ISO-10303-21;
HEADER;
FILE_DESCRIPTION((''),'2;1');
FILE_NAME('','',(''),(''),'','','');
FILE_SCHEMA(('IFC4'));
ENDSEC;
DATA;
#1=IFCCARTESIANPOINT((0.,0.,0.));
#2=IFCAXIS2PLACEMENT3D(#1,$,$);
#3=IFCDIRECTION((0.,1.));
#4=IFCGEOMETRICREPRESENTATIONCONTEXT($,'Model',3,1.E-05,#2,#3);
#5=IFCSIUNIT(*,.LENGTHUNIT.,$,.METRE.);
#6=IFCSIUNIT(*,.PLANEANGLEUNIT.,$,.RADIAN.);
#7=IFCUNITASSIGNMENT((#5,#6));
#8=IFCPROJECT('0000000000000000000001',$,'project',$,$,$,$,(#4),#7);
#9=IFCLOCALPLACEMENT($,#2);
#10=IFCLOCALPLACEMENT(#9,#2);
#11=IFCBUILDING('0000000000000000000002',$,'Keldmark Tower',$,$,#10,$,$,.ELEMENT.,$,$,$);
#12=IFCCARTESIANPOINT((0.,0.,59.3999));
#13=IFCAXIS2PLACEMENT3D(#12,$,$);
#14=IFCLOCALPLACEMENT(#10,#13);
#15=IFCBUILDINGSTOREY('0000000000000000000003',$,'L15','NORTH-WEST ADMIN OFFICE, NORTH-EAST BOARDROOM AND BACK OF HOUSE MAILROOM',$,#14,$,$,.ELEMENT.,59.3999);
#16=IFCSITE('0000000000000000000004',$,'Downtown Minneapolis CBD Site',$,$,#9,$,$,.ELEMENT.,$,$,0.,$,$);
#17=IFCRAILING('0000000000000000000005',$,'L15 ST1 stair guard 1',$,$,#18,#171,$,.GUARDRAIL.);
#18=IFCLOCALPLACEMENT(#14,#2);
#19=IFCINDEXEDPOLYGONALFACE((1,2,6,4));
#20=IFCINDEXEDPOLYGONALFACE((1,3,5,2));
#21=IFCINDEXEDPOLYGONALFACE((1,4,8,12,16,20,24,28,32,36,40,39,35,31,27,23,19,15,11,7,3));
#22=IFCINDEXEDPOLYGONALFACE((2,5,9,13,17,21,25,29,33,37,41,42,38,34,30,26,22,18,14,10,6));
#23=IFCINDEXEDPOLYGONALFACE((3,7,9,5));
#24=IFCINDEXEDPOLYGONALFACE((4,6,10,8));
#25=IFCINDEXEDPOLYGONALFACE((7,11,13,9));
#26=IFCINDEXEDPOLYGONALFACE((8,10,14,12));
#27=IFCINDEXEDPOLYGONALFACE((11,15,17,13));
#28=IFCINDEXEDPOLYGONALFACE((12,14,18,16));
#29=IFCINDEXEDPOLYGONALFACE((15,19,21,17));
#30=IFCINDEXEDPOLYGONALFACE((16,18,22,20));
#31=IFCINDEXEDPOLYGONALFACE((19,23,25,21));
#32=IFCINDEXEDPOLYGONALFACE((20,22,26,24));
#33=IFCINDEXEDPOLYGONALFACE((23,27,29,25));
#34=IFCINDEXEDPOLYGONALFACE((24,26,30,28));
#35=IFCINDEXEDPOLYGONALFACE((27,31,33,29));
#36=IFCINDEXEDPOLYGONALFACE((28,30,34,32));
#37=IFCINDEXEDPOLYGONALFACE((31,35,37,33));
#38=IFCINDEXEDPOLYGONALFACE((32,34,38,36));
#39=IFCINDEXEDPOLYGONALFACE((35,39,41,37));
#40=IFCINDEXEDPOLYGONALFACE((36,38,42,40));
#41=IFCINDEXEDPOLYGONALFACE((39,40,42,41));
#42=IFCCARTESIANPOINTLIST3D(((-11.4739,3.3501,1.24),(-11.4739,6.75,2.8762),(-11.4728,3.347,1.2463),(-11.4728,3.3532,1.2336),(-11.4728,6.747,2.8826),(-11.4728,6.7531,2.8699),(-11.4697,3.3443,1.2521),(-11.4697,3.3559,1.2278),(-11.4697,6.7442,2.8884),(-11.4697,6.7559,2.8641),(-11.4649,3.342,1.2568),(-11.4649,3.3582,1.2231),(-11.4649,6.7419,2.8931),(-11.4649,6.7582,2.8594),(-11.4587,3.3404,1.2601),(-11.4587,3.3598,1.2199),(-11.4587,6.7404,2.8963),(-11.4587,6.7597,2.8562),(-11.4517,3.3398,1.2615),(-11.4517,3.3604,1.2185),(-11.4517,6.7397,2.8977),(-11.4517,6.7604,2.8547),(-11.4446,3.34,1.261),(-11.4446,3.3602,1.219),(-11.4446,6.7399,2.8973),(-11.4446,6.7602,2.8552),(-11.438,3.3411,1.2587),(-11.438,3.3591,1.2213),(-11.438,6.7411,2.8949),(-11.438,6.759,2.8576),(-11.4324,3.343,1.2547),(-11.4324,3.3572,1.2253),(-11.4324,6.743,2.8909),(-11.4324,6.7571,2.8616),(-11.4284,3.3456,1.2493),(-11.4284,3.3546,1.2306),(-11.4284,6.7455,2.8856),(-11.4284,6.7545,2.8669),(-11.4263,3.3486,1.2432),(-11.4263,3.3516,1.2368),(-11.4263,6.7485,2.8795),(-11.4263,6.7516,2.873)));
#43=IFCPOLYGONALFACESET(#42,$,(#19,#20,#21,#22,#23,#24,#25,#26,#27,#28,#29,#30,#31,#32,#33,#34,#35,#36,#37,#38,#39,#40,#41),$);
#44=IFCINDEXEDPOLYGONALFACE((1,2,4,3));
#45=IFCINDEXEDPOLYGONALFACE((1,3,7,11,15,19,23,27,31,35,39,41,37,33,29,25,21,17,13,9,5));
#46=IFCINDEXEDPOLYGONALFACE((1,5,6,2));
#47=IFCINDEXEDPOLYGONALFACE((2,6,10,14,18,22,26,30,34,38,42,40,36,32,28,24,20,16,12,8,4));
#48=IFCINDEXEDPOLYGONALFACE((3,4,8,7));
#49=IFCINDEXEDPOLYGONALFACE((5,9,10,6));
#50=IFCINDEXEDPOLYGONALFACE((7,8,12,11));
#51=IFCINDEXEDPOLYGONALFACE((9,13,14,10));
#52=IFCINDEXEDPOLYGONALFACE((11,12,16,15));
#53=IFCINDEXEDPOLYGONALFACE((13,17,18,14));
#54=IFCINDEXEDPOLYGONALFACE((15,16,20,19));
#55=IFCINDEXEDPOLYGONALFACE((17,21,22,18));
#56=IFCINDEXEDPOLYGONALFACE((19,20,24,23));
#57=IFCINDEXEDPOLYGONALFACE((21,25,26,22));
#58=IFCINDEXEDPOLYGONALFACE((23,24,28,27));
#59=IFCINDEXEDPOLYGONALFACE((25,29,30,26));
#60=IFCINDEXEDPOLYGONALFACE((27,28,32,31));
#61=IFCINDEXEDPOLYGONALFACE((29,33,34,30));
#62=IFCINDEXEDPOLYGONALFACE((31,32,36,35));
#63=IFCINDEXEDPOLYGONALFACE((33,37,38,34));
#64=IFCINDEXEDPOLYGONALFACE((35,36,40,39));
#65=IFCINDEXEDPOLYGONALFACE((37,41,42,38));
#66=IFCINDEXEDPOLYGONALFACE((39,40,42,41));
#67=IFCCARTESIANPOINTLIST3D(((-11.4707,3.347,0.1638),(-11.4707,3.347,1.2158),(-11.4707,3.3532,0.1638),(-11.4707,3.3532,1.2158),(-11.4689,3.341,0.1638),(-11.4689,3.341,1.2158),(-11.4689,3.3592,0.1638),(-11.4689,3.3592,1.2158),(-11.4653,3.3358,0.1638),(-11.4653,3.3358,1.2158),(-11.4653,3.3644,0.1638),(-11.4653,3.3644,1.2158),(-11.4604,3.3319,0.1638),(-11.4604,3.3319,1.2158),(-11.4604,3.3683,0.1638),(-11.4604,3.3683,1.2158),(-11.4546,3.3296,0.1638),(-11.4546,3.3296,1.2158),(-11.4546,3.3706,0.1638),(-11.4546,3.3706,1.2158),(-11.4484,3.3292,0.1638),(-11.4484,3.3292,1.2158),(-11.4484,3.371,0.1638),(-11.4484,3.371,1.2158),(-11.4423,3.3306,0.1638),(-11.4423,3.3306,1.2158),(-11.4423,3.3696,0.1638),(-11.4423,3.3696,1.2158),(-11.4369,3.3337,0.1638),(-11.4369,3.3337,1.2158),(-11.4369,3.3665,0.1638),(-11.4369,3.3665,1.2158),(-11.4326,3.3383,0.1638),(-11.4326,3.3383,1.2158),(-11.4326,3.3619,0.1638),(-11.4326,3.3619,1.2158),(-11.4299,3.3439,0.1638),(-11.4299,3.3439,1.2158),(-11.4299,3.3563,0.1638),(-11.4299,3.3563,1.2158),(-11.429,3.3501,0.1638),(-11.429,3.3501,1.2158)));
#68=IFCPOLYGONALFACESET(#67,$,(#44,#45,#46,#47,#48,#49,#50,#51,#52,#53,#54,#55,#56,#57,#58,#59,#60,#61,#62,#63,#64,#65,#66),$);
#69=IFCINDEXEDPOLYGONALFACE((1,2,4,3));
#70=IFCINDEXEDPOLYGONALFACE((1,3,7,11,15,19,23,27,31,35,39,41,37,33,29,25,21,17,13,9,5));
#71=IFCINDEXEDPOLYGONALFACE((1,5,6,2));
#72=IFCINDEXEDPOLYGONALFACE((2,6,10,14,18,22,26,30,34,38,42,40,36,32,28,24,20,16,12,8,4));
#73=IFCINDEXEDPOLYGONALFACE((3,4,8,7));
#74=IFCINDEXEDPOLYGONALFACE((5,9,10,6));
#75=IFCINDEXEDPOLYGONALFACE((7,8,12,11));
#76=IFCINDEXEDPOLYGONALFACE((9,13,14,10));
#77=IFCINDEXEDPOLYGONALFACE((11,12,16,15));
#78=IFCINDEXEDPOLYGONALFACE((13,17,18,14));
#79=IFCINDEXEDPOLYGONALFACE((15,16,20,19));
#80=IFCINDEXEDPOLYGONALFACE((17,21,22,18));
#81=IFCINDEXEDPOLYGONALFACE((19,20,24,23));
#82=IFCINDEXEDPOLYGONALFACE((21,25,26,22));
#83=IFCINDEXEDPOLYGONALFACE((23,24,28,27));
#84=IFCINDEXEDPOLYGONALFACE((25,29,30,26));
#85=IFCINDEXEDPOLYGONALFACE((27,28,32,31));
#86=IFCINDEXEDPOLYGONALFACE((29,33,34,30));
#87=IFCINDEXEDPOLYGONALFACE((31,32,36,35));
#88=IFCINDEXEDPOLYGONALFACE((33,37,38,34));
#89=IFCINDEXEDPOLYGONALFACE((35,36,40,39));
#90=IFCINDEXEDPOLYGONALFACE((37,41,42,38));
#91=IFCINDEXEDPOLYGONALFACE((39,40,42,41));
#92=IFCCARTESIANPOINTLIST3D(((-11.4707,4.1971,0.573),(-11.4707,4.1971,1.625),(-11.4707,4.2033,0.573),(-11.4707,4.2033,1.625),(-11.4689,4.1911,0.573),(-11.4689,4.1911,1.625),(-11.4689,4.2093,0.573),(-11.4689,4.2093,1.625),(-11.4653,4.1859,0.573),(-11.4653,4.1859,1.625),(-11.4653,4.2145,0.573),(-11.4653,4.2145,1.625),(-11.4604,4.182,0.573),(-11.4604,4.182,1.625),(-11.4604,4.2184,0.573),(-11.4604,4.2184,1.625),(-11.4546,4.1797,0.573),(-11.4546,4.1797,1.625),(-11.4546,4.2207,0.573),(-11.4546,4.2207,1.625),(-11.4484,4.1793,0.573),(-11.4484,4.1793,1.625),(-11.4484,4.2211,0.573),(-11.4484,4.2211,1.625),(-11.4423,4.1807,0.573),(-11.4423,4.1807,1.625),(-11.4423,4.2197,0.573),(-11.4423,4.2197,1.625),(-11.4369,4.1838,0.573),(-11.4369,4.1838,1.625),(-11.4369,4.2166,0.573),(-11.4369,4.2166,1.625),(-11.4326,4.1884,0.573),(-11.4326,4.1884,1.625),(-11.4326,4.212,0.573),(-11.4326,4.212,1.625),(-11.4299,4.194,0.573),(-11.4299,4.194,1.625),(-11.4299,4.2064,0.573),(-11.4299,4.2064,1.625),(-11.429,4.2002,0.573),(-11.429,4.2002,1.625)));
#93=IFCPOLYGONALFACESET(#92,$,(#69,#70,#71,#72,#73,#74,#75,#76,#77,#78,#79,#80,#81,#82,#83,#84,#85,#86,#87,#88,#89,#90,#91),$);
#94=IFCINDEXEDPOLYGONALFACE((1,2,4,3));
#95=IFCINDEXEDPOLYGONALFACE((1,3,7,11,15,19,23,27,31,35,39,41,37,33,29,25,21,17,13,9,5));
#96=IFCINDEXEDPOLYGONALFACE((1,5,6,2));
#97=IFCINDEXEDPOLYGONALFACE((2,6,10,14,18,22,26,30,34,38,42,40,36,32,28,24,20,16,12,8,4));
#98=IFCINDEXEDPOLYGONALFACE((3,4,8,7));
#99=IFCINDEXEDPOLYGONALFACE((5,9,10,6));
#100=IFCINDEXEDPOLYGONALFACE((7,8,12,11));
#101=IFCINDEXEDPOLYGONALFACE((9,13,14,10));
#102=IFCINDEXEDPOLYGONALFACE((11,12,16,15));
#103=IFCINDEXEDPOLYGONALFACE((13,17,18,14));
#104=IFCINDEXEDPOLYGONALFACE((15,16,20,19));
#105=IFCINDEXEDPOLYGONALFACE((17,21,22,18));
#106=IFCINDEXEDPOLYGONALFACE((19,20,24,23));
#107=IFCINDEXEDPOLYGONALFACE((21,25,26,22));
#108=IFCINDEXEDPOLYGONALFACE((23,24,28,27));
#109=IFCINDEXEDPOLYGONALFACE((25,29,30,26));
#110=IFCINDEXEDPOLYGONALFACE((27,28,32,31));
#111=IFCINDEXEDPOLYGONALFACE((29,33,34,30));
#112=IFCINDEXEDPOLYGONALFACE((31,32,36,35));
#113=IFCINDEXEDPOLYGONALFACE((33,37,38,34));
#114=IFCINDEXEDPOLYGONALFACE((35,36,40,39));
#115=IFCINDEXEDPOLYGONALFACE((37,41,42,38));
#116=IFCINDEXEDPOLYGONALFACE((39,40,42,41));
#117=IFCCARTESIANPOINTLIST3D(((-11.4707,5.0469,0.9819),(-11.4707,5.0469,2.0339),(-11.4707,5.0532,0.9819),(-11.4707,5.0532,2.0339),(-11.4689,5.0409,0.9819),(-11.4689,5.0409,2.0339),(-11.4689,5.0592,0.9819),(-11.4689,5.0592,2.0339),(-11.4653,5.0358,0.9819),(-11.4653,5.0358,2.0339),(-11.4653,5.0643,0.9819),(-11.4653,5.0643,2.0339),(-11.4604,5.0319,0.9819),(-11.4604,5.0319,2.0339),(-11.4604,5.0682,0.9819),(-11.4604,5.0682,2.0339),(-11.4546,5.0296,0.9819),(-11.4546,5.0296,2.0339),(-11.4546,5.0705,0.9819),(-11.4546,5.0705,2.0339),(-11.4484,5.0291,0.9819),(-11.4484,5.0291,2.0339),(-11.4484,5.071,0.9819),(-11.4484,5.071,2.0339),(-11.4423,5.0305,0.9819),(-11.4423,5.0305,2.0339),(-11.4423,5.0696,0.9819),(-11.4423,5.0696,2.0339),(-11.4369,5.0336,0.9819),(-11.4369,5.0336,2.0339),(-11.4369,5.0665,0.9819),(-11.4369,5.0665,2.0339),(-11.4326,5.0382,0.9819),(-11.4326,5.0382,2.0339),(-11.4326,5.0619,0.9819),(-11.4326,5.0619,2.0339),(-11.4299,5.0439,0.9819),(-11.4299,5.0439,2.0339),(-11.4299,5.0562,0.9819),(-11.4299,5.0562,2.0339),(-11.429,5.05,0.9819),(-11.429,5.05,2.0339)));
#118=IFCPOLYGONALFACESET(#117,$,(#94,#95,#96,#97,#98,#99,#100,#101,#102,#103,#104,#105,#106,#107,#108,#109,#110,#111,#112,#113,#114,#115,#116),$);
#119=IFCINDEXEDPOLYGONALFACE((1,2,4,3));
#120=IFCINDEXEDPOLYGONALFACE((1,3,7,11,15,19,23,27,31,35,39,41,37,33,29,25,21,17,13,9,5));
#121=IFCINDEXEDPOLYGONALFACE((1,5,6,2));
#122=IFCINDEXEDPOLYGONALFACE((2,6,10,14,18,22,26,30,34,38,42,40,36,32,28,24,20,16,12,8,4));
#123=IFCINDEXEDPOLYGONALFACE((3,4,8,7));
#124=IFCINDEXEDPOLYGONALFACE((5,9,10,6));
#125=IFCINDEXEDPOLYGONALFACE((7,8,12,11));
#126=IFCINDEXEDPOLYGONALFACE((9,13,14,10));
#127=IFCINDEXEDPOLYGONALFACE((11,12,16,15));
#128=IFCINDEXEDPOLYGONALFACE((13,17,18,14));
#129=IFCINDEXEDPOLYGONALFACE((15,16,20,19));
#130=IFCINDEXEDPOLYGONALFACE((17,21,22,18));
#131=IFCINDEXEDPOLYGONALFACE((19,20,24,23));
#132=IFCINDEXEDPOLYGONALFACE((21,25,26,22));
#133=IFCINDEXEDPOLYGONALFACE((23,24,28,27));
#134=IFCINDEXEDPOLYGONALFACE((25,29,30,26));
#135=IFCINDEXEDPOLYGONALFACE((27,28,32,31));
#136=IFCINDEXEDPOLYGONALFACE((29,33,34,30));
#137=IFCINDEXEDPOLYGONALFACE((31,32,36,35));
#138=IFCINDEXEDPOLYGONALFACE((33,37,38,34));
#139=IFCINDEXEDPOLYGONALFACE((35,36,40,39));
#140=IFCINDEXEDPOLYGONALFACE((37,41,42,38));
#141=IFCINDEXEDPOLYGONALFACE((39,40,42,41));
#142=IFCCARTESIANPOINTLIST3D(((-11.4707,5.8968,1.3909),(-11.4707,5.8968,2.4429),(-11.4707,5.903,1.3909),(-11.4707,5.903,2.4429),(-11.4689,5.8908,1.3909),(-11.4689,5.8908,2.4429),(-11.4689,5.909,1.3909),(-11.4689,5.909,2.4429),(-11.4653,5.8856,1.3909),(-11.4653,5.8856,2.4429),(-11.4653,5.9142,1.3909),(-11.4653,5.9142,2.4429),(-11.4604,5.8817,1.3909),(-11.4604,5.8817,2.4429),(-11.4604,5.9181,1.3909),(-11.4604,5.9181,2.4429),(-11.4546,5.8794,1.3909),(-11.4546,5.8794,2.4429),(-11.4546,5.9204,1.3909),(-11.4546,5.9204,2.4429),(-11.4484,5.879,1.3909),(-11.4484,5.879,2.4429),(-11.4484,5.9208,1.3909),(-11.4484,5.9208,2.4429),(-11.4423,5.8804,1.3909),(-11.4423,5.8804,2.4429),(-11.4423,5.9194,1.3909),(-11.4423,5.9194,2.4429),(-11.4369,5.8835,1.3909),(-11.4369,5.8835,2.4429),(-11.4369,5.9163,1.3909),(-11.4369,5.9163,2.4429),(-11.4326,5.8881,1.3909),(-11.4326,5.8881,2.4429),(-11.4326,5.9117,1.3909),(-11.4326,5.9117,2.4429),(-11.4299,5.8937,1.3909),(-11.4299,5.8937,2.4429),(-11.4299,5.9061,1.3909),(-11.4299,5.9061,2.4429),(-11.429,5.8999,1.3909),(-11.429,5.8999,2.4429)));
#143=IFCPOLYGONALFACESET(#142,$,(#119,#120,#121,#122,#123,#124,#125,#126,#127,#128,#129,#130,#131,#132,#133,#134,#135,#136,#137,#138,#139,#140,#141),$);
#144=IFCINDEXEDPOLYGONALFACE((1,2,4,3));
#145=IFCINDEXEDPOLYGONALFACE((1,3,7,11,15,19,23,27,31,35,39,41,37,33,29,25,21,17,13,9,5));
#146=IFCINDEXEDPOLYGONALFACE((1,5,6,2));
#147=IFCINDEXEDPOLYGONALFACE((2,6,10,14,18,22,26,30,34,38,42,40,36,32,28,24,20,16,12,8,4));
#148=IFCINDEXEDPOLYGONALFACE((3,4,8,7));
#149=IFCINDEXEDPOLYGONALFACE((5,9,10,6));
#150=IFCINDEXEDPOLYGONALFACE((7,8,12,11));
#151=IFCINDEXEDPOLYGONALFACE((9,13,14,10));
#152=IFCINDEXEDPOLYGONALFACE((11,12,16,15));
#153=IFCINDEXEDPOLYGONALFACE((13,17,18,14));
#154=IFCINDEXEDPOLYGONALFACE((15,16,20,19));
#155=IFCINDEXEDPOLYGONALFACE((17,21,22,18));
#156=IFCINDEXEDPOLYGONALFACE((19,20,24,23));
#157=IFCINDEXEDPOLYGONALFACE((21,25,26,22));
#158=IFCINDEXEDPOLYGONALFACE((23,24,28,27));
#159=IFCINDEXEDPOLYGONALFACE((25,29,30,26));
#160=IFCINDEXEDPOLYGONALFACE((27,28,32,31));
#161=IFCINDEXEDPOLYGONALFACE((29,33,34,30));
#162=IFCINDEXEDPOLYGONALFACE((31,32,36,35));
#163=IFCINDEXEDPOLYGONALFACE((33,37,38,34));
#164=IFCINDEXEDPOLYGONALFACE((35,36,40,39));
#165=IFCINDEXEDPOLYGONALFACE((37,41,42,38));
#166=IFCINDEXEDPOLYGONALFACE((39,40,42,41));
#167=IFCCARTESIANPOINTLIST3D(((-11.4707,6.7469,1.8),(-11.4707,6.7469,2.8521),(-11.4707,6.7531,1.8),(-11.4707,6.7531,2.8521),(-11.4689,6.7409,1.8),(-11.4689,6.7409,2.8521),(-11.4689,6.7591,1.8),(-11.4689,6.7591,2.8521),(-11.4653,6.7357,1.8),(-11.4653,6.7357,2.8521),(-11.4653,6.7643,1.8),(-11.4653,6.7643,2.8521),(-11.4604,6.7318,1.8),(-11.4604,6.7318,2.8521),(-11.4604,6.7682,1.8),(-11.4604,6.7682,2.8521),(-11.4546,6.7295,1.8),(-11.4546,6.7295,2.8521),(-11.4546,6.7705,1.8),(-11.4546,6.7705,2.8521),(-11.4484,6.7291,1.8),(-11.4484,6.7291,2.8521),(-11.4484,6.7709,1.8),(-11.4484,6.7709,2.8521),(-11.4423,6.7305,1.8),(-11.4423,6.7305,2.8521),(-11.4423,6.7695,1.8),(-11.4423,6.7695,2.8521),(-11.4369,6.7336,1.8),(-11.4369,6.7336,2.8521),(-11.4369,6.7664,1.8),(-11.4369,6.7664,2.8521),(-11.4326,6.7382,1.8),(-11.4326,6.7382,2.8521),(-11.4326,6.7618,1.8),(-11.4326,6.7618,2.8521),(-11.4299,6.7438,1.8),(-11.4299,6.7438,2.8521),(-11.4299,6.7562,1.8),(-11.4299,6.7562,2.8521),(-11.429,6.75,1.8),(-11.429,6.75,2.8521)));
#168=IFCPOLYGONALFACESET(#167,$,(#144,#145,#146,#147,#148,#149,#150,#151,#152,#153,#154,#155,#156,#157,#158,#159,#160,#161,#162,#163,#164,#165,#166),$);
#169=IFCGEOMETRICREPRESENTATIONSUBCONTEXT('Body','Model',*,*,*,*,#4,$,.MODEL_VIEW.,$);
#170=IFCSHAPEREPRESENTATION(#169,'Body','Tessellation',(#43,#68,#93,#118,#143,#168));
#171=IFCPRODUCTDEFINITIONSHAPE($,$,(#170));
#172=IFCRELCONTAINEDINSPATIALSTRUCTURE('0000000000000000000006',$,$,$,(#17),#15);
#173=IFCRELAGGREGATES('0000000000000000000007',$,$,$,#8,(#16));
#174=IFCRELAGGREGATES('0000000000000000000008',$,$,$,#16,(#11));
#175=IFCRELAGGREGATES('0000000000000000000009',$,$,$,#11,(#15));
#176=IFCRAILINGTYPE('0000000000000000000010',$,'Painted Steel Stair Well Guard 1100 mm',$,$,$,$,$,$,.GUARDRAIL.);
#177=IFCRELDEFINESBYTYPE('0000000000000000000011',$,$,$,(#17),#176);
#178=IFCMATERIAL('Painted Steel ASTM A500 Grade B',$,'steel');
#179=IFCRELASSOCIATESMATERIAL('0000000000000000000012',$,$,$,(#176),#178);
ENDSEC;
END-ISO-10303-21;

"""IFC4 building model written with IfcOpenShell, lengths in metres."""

from ifc_helpers import new_model, si_unit, direction, frame, origin, origin_2d, place, context, subcontext, project, spatial, circle, extrude, material, type_object, element, save


model = new_model("IFC4")

# Units and contexts
model_context = context("Model", 3, precision=1e-05, world=origin(), true_north=direction((0.0, 1.0)))
body_context = subcontext(model_context, "Body", "Model", "MODEL_VIEW")
ifc_project = project(units=[si_unit("LENGTHUNIT", "METRE"), si_unit("PLANEANGLEUNIT", "RADIAN")], contexts=[model_context])

# Site, building, storey
site_placement = place(None, origin())
site = spatial("IfcSite", under=ifc_project, at=site_placement, Name="Downtown Minneapolis CBD Site", CompositionType="ELEMENT", RefElevation=0.0)
building_placement = place(site_placement, origin())
building = spatial("IfcBuilding", under=site, at=building_placement, Name="Keldmark Tower", CompositionType="ELEMENT")
storey_placement = place(building_placement, frame((0.0, 0.0, 59.3999)))
storey = spatial("IfcBuildingStorey", under=building, at=storey_placement, Name="L15", Description="NORTH-WEST ADMIN OFFICE, NORTH-EAST BOARDROOM AND BACK OF HOUSE MAILROOM", CompositionType="ELEMENT", Elevation=59.3999)

# Railing
ifc_material_1 = material(Name="Painted Steel ASTM A500 Grade B", Category="steel")
railing_type_1 = type_object("IfcRailingType", Name="Painted Steel Stair Well Guard 1100 mm", PredefinedType="GUARDRAIL", material=ifc_material_1)
railing_1_placement = place(storey_placement, frame((-11.45, 3.3501, 0.1638)))
element("IfcRailing", 1, at=railing_1_placement, inside=storey, type_object=railing_type_1, Name="L15 ST1 stair guard 1", PredefinedType="GUARDRAIL", context=body_context, shape_type="SweptSolid", body=[
    extrude(circle(Radius=0.0239, at=origin_2d()), frame((0.0, 0.0, 1.0762), z_axis=(0.0, 0.90108, 0.433652), x_axis=(-1.0, 0.0, 0.0)), (0.0, 0.0, 1.0), 3.7732),
    extrude(circle(Radius=0.021, at=origin_2d()), origin(), (0.0, 0.0, 1.0), 1.052),
    extrude(circle(Radius=0.021, at=origin_2d()), frame((0.0, 0.8501, 0.4092)), (0.0, 0.0, 1.0), 1.052),
    extrude(circle(Radius=0.021, at=origin_2d()), frame((0.0, 1.7, 0.8181)), (0.0, 0.0, 1.0), 1.052),
    extrude(circle(Radius=0.021, at=origin_2d()), frame((0.0, 2.5498, 1.2271)), (0.0, 0.0, 1.0), 1.052),
    extrude(circle(Radius=0.021, at=origin_2d()), frame((0.0, 3.3999, 1.6362)), (0.0, 0.0, 1.0), 1.052),
])

save(model, "model.ifc")
